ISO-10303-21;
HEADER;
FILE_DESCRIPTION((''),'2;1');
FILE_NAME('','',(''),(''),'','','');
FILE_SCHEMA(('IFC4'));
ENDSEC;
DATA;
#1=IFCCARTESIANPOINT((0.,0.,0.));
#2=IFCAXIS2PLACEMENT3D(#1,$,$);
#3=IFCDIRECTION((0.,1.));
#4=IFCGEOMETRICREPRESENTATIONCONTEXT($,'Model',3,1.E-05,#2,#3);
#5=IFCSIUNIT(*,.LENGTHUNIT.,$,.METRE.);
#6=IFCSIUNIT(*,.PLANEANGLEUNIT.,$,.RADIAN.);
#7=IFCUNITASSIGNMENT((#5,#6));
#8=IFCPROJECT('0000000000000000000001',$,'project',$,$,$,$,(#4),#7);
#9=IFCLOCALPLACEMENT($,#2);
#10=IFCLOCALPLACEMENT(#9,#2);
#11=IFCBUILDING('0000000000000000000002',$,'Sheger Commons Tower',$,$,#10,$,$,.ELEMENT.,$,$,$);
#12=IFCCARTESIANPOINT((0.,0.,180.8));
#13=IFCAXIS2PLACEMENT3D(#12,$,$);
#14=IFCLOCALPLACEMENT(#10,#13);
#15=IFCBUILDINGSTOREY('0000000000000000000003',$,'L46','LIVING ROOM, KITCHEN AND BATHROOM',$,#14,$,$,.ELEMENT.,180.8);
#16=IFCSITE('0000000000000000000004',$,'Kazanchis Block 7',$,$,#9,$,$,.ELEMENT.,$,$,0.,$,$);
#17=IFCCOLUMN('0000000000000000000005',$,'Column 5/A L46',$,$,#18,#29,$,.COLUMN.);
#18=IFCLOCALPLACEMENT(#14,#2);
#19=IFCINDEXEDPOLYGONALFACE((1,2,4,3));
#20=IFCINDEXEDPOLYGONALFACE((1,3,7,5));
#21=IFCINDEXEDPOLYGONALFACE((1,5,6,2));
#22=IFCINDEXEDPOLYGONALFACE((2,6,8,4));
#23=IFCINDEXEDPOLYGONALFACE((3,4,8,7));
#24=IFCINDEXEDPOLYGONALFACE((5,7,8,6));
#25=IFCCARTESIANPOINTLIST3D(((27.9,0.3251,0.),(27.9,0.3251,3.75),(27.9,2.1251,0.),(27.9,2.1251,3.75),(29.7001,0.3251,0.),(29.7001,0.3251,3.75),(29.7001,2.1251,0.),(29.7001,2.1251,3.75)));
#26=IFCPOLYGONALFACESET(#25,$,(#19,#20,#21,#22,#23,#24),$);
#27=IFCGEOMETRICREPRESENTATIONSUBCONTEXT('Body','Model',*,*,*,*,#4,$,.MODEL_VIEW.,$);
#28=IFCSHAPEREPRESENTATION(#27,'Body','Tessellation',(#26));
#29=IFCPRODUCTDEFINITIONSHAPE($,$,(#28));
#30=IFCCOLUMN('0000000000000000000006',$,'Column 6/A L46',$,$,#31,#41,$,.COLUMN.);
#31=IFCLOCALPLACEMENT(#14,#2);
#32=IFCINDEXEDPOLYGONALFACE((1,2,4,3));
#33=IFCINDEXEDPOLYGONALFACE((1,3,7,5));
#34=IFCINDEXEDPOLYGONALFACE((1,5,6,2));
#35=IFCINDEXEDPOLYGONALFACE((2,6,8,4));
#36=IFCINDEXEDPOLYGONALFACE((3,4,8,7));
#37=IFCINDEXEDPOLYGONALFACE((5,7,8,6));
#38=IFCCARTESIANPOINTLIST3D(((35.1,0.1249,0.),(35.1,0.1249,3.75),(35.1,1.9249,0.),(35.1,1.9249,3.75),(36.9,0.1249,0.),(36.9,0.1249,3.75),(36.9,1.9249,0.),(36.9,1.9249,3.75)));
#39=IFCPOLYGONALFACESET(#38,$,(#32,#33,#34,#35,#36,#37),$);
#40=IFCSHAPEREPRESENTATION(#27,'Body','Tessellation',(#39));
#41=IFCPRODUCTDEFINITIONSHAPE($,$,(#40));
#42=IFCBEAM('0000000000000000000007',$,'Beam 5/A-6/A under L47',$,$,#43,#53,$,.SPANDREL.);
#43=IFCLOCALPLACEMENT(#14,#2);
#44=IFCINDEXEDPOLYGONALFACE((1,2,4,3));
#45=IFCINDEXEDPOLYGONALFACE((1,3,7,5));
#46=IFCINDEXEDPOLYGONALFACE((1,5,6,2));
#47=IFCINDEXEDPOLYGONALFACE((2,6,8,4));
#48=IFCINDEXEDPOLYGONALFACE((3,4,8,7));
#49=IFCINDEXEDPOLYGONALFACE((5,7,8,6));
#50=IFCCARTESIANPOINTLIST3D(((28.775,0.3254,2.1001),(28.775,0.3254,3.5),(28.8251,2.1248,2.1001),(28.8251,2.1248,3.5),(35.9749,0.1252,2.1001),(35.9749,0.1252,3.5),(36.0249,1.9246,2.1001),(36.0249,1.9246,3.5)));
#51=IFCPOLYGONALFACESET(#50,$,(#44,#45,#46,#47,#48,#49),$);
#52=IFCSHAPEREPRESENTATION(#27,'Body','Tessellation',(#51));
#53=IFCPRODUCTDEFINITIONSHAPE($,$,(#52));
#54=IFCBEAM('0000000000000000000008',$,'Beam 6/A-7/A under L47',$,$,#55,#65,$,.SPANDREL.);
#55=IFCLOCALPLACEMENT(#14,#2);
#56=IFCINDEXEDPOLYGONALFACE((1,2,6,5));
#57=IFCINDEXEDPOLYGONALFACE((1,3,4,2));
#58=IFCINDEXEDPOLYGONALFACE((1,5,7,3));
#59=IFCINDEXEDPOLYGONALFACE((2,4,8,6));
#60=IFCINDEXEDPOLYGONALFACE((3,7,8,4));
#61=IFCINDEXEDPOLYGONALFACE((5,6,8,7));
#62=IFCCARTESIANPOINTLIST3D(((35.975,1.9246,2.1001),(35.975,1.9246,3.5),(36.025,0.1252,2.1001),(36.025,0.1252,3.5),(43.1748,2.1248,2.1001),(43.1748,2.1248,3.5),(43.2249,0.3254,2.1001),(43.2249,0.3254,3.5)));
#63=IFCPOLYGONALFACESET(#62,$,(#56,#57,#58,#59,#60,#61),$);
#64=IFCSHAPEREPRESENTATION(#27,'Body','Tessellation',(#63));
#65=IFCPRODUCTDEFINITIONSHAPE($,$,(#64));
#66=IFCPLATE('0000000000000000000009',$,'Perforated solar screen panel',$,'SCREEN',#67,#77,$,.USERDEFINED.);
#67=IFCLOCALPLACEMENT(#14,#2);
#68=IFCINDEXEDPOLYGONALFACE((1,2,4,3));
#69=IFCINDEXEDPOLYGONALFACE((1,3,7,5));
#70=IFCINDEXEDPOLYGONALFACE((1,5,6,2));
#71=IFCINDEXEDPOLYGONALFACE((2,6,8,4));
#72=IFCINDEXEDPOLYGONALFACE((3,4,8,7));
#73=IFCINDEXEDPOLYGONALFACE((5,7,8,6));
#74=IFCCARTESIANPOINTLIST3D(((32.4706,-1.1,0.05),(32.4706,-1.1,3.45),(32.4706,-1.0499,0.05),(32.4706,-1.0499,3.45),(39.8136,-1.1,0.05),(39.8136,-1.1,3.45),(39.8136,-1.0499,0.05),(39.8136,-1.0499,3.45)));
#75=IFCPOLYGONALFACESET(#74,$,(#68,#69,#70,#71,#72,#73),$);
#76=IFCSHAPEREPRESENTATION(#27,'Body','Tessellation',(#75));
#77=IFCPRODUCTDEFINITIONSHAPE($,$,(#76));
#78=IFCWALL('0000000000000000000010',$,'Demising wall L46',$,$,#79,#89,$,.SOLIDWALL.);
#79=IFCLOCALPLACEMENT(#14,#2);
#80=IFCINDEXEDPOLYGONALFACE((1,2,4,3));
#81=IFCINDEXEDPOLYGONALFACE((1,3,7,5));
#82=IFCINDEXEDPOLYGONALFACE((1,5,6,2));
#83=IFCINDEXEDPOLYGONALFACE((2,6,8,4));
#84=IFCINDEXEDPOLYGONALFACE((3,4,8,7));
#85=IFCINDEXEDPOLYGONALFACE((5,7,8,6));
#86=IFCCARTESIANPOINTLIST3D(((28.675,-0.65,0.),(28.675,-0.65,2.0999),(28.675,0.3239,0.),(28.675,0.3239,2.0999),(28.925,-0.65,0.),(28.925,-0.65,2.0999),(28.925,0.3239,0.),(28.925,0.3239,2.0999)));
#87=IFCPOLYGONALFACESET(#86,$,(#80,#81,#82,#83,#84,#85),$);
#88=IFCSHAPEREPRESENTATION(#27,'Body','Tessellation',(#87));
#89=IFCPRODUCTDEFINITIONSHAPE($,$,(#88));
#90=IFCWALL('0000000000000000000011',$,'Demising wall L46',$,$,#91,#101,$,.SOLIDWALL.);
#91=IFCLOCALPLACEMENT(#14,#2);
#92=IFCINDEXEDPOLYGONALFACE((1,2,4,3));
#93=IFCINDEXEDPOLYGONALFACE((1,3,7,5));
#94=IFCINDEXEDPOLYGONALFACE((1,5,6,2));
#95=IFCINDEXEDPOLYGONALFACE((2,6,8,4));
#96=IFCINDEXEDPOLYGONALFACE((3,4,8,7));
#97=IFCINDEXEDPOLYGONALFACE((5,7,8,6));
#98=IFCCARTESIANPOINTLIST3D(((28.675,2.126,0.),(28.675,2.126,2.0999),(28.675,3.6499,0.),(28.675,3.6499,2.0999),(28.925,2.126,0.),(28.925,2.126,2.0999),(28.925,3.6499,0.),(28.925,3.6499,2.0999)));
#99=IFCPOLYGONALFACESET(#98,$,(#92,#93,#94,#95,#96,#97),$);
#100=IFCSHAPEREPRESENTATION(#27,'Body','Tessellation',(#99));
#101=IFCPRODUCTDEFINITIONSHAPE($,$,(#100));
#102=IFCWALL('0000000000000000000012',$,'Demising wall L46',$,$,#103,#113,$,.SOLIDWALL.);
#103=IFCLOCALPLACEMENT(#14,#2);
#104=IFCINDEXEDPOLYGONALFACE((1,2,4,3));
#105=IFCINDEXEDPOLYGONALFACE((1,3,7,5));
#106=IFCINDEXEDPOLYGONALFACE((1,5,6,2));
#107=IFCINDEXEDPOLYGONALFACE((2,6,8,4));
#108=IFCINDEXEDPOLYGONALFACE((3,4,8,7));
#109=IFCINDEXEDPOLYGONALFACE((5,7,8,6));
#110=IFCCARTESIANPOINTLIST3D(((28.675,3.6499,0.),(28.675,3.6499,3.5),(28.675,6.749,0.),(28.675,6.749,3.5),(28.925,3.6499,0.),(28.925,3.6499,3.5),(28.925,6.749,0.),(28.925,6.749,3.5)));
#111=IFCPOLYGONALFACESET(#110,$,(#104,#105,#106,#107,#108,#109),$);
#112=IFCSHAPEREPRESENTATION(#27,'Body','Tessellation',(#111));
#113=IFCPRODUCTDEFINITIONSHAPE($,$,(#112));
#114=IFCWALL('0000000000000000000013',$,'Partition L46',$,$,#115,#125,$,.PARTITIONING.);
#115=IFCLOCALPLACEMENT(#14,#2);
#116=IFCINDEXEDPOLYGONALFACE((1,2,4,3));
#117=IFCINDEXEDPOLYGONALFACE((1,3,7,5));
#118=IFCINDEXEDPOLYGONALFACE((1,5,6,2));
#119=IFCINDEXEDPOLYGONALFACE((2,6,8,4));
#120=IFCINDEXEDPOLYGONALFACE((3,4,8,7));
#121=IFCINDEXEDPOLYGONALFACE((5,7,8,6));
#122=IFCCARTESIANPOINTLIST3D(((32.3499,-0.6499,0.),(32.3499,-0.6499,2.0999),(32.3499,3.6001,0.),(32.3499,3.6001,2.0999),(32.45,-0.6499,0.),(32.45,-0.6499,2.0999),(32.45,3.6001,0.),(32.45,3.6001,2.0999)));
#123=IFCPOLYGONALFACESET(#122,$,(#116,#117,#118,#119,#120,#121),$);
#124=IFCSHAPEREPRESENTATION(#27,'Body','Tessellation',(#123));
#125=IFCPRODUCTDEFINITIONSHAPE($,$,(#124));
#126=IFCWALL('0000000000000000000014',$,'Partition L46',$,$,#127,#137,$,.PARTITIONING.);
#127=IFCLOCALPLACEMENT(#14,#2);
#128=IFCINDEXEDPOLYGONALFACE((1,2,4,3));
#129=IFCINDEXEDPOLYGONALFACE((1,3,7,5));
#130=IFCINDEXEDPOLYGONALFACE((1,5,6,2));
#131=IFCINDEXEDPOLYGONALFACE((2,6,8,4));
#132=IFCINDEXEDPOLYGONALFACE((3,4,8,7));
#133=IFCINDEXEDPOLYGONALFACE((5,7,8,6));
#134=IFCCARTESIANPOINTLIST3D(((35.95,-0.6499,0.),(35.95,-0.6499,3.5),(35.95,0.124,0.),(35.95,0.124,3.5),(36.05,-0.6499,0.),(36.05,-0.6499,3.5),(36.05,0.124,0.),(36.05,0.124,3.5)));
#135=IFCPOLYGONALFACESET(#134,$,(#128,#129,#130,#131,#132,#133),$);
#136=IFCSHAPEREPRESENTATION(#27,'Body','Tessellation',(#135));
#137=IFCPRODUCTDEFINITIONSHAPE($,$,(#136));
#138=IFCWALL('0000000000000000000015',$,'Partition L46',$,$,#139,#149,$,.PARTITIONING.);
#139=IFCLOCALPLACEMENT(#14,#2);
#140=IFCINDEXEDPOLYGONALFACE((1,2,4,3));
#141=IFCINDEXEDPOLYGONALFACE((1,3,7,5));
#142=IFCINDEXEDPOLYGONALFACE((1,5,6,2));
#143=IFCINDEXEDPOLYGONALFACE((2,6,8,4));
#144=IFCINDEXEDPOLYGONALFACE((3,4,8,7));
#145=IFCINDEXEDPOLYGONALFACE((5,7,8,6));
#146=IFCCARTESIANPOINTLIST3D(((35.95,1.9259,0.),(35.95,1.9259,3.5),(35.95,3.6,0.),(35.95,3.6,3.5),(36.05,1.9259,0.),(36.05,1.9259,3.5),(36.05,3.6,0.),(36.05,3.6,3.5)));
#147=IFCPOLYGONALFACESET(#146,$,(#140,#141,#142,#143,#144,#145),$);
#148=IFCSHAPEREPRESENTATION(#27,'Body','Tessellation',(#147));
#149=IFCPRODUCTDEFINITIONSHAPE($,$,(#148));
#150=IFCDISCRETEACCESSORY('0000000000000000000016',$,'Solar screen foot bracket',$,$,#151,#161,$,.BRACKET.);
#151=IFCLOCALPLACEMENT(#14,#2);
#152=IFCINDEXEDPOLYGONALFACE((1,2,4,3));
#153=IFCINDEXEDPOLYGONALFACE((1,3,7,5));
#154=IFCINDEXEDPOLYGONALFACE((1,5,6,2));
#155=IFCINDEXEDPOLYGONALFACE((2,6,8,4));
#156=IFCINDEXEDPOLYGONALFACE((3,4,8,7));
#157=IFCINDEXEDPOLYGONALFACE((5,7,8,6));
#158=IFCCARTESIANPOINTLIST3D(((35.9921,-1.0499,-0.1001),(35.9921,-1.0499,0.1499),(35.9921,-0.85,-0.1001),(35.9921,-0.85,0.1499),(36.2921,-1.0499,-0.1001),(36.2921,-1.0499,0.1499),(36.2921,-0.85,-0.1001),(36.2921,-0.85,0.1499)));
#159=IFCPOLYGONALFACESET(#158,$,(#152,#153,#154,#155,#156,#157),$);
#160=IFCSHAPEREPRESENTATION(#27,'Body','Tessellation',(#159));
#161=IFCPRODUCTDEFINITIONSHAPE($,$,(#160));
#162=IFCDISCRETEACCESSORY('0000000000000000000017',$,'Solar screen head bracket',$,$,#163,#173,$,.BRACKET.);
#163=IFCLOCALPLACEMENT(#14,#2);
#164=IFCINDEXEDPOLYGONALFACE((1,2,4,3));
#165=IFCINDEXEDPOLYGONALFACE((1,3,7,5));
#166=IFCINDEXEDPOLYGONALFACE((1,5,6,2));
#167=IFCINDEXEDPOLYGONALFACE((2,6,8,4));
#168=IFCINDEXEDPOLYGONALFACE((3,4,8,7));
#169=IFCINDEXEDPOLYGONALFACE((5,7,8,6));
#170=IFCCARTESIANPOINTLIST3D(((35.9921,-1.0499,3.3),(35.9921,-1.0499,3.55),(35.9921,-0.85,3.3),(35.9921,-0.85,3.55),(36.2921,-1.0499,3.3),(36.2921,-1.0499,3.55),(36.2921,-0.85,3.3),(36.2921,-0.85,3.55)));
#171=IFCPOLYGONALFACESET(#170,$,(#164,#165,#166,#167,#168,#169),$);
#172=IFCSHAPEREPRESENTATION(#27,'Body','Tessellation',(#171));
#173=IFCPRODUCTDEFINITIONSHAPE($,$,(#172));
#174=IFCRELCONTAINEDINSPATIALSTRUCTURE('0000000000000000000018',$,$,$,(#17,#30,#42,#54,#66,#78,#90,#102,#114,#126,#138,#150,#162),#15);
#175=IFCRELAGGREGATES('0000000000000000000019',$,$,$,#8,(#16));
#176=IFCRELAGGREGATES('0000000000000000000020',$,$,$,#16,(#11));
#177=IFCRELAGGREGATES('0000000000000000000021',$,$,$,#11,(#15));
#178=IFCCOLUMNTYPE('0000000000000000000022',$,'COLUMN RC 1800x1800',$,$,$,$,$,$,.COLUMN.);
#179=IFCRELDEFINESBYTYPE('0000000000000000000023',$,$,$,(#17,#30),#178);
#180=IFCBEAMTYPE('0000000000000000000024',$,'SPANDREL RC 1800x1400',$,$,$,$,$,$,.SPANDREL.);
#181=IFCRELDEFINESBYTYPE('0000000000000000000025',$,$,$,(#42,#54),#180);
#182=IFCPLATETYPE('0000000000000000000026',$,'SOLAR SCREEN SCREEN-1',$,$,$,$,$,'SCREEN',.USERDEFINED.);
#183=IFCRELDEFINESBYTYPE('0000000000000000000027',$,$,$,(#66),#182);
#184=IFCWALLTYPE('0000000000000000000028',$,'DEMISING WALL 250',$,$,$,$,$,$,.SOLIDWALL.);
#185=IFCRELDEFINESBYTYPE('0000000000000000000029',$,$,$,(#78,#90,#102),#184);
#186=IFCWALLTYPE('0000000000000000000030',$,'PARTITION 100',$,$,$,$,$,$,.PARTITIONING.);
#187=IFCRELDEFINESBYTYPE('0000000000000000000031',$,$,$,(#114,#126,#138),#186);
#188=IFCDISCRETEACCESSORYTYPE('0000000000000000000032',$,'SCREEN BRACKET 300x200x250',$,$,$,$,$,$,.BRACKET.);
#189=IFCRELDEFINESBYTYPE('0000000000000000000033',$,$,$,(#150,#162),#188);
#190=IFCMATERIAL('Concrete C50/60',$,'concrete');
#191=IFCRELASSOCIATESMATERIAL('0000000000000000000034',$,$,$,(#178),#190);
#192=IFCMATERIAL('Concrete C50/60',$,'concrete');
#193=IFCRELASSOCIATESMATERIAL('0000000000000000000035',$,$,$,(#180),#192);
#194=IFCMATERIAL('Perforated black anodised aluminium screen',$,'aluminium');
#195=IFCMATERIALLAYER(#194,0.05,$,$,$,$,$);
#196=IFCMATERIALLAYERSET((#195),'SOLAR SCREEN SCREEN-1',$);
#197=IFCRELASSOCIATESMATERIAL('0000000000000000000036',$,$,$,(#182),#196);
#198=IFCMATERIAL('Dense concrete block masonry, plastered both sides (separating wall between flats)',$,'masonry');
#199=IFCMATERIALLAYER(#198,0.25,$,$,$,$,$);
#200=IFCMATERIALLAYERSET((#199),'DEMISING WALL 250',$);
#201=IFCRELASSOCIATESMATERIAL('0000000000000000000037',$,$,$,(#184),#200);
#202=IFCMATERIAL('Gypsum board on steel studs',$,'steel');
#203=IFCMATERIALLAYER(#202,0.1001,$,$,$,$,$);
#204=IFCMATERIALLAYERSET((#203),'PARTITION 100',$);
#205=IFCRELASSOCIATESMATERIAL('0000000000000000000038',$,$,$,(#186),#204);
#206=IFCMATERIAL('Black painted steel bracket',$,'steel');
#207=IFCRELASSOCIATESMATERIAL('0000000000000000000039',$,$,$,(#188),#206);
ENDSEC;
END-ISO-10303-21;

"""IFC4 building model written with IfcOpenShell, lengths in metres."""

from ifc_helpers import new_model, si_unit, direction, frame, frame_2d, origin, origin_2d, place, context, subcontext, project, spatial, rectangle, extrude, material, layer, layer_set, material_profile, profile_set, type_object, element, save


model = new_model("IFC4")

# Units and contexts
model_context = context("Model", 3, precision=1e-05, world=origin(), true_north=direction((0.0, 1.0)))
body_context = subcontext(model_context, "Body", "Model", "MODEL_VIEW")
ifc_project = project(units=[si_unit("LENGTHUNIT", "METRE"), si_unit("PLANEANGLEUNIT", "RADIAN")], contexts=[model_context])

# Site, building, storey
site_placement = place(None, origin())
site = spatial("IfcSite", under=ifc_project, at=site_placement, Name="Kazanchis Block 7", CompositionType="ELEMENT", RefElevation=0.0)
building_placement = place(site_placement, origin())
building = spatial("IfcBuilding", under=site, at=building_placement, Name="Sheger Commons Tower", CompositionType="ELEMENT")
storey_placement = place(building_placement, frame((0.0, 0.0, 180.8)))
storey = spatial("IfcBuildingStorey", under=building, at=storey_placement, Name="L46", Description="LIVING ROOM, KITCHEN AND BATHROOM", CompositionType="ELEMENT", Elevation=180.8)

# Columns
ifc_material_1 = material(Name="Concrete C50/60", Category="concrete")
ifc_material_profile_1 = material_profile(ifc_material_1, rectangle(XDim=1.8, YDim=1.8, at=origin_2d()), Name="RC 1800x1800")
ifc_profile_set_1 = profile_set([ifc_material_profile_1], Name="Concrete C50/60")
column_type = type_object("IfcColumnType", Name="COLUMN RC 1800x1800", PredefinedType="COLUMN", material=ifc_profile_set_1)
for number, where, z_axis, x_axis, name in (
    (1, (28.8, 1.2251, 0.0), (0.0, 0.0, 1.0), (1.0, 0.0, 0.0), "Column 5/A L46"),
    (2, (36.0, 1.0249, 0.0), (0.0, 0.0, 1.0), (1.0, 0.0, 0.0), "Column 6/A L46"),
):
    element("IfcColumn", number, at=place(storey_placement, frame(where, z_axis=z_axis, x_axis=x_axis)), inside=storey, type_object=column_type, Name=name, PredefinedType="COLUMN", context=body_context, shape_type="SweptSolid", body=[
        extrude(rectangle(XDim=1.8, YDim=1.8, at=origin_2d()), origin(), (0.0, 0.0, 1.0), 3.75),
    ])

# Beams
ifc_material_2 = material(Name="Concrete C50/60", Category="concrete")
ifc_material_profile_2 = material_profile(ifc_material_2, rectangle(XDim=1.8, YDim=1.3999, at=origin_2d()), Name="RC 1800x1400")
ifc_profile_set_2 = profile_set([ifc_material_profile_2], Name="Concrete C50/60")
beam_type = type_object("IfcBeamType", Name="SPANDREL RC 1800x1400", PredefinedType="SPANDREL", material=ifc_profile_set_2)
for number, where, z_axis, x_axis, name in (
    (3, (28.8, 1.2251, 2.8), (0.999614, -0.027794, 0.0), (0.027794, 0.999614, 0.0), "Beam 5/A-6/A under L47"),
    (4, (36.0, 1.0249, 2.8), (0.999614, 0.027794, 0.0), (-0.027794, 0.999614, 0.0), "Beam 6/A-7/A under L47"),
):
    element("IfcBeam", number, at=place(storey_placement, frame(where, z_axis=z_axis, x_axis=x_axis)), inside=storey, type_object=beam_type, Name=name, PredefinedType="SPANDREL", context=body_context, shape_type="SweptSolid", body=[
        extrude(rectangle(XDim=1.8, YDim=1.3999, at=origin_2d()), origin(), (0.0, 0.0, 1.0), 7.2026),
    ])

# Plate
ifc_material_3 = material(Name="Perforated black anodised aluminium screen", Category="aluminium")
ifc_layer_1 = layer(ifc_material_3, 0.05)
ifc_layer_set_1 = layer_set([ifc_layer_1], Name="SOLAR SCREEN SCREEN-1")
plate_type = type_object("IfcPlateType", Name="SOLAR SCREEN SCREEN-1", ElementType="SCREEN", PredefinedType="USERDEFINED", material=ifc_layer_set_1)
plate_placement = place(storey_placement, frame((36.1421, -1.075, 0.05), z_axis=(0.0, 0.0, 1.0), x_axis=(1.0, 0.0, 0.0)))
element("IfcPlate", 5, at=plate_placement, inside=storey, type_object=plate_type, Name="Perforated solar screen panel", ObjectType="SCREEN", PredefinedType="USERDEFINED", context=body_context, shape_type="SweptSolid", body=[
    extrude(rectangle(XDim=7.343, YDim=0.05, at=origin_2d()), origin(), (0.0, 0.0, 1.0), 3.3999),
])

# Walls
ifc_material_4 = material(Name="Dense concrete block masonry, plastered both sides (separating wall between flats)", Category="masonry")
ifc_layer_2 = layer(ifc_material_4, 0.25)
ifc_layer_set_2 = layer_set([ifc_layer_2], Name="DEMISING WALL 250")
wall_type_1 = type_object("IfcWallType", Name="DEMISING WALL 250", PredefinedType="SOLIDWALL", material=ifc_layer_set_2)
wall_1_placement = place(storey_placement, frame((28.8, -0.6499, 0.0), z_axis=(0.0, 0.0, 1.0), x_axis=(0.0, 1.0, 0.0)))
element("IfcWall", 6, at=wall_1_placement, inside=storey, type_object=wall_type_1, Name="Demising wall L46", PredefinedType="SOLIDWALL", context=body_context, shape_type="SweptSolid", body=[
    extrude(rectangle(XDim=0.9739, YDim=0.25, at=frame_2d((0.4868, 0.0))), origin(), (0.0, 0.0, 1.0), 2.0999),
])
wall_2_placement = place(storey_placement, frame((28.8, 2.126, 0.0), z_axis=(0.0, 0.0, 1.0), x_axis=(0.0, 1.0, 0.0)))
element("IfcWall", 7, at=wall_2_placement, inside=storey, type_object=wall_type_1, Name="Demising wall L46", PredefinedType="SOLIDWALL", context=body_context, shape_type="SweptSolid", body=[
    extrude(rectangle(XDim=1.5239, YDim=0.25, at=frame_2d((0.762, 0.0))), origin(), (0.0, 0.0, 1.0), 2.0999),
])
wall_3_placement = place(storey_placement, frame((28.8, 3.6499, 0.0), z_axis=(0.0, 0.0, 1.0), x_axis=(0.0, 1.0, 0.0)))
element("IfcWall", 8, at=wall_3_placement, inside=storey, type_object=wall_type_1, Name="Demising wall L46", PredefinedType="SOLIDWALL", context=body_context, shape_type="SweptSolid", body=[
    extrude(rectangle(XDim=3.0991, YDim=0.25, at=frame_2d((1.5496, 0.0))), origin(), (0.0, 0.0, 1.0), 3.5),
])
ifc_material_5 = material(Name="Gypsum board on steel studs", Category="steel")
ifc_layer_3 = layer(ifc_material_5, 0.1001)
ifc_layer_set_3 = layer_set([ifc_layer_3], Name="PARTITION 100")
wall_type_2 = type_object("IfcWallType", Name="PARTITION 100", PredefinedType="PARTITIONING", material=ifc_layer_set_3)
wall_4_placement = place(storey_placement, frame((32.3999, -0.6499, 0.0), z_axis=(0.0, 0.0, 1.0), x_axis=(0.0, 1.0, 0.0)))
element("IfcWall", 9, at=wall_4_placement, inside=storey, type_object=wall_type_2, Name="Partition L46", PredefinedType="PARTITIONING", context=body_context, shape_type="SweptSolid", body=[
    extrude(rectangle(XDim=4.25, YDim=0.1001, at=frame_2d((2.125, 0.0))), origin(), (0.0, 0.0, 1.0), 2.0999),
])
wall_5_placement = place(storey_placement, frame((36.0, -0.6499, 0.0), z_axis=(0.0, 0.0, 1.0), x_axis=(0.0, 1.0, 0.0)))
element("IfcWall", 10, at=wall_5_placement, inside=storey, type_object=wall_type_2, Name="Partition L46", PredefinedType="PARTITIONING", context=body_context, shape_type="SweptSolid", body=[
    extrude(rectangle(XDim=0.7739, YDim=0.1001, at=frame_2d((0.387, 0.0))), origin(), (0.0, 0.0, 1.0), 3.5),
])
wall_6_placement = place(storey_placement, frame((36.0, 1.926, 0.0), z_axis=(0.0, 0.0, 1.0), x_axis=(0.0, 1.0, 0.0)))
element("IfcWall", 11, at=wall_6_placement, inside=storey, type_object=wall_type_2, Name="Partition L46", PredefinedType="PARTITIONING", context=body_context, shape_type="SweptSolid", body=[
    extrude(rectangle(XDim=1.6741, YDim=0.1001, at=frame_2d((0.8369, 0.0))), origin(), (0.0, 0.0, 1.0), 3.5),
])

# Discrete accessories
ifc_material_6 = material(Name="Black painted steel bracket", Category="steel")
discrete_accessory_type = type_object("IfcDiscreteAccessoryType", Name="SCREEN BRACKET 300x200x250", PredefinedType="BRACKET", material=ifc_material_6)
for number, where, z_axis, x_axis, name in (
    (12, (36.1421, -0.95, -0.1001), (0.0, 0.0, 1.0), (1.0, 0.0, 0.0), "Solar screen foot bracket"),
    (13, (36.1421, -0.95, 3.3), (0.0, 0.0, 1.0), (1.0, 0.0, 0.0), "Solar screen head bracket"),
):
    element("IfcDiscreteAccessory", number, at=place(storey_placement, frame(where, z_axis=z_axis, x_axis=x_axis)), inside=storey, type_object=discrete_accessory_type, Name=name, PredefinedType="BRACKET", context=body_context, shape_type="SweptSolid", body=[
        extrude(rectangle(XDim=0.3, YDim=0.2, at=origin_2d()), origin(), (0.0, 0.0, 1.0), 0.25),
    ])

save(model, "model.ifc")
